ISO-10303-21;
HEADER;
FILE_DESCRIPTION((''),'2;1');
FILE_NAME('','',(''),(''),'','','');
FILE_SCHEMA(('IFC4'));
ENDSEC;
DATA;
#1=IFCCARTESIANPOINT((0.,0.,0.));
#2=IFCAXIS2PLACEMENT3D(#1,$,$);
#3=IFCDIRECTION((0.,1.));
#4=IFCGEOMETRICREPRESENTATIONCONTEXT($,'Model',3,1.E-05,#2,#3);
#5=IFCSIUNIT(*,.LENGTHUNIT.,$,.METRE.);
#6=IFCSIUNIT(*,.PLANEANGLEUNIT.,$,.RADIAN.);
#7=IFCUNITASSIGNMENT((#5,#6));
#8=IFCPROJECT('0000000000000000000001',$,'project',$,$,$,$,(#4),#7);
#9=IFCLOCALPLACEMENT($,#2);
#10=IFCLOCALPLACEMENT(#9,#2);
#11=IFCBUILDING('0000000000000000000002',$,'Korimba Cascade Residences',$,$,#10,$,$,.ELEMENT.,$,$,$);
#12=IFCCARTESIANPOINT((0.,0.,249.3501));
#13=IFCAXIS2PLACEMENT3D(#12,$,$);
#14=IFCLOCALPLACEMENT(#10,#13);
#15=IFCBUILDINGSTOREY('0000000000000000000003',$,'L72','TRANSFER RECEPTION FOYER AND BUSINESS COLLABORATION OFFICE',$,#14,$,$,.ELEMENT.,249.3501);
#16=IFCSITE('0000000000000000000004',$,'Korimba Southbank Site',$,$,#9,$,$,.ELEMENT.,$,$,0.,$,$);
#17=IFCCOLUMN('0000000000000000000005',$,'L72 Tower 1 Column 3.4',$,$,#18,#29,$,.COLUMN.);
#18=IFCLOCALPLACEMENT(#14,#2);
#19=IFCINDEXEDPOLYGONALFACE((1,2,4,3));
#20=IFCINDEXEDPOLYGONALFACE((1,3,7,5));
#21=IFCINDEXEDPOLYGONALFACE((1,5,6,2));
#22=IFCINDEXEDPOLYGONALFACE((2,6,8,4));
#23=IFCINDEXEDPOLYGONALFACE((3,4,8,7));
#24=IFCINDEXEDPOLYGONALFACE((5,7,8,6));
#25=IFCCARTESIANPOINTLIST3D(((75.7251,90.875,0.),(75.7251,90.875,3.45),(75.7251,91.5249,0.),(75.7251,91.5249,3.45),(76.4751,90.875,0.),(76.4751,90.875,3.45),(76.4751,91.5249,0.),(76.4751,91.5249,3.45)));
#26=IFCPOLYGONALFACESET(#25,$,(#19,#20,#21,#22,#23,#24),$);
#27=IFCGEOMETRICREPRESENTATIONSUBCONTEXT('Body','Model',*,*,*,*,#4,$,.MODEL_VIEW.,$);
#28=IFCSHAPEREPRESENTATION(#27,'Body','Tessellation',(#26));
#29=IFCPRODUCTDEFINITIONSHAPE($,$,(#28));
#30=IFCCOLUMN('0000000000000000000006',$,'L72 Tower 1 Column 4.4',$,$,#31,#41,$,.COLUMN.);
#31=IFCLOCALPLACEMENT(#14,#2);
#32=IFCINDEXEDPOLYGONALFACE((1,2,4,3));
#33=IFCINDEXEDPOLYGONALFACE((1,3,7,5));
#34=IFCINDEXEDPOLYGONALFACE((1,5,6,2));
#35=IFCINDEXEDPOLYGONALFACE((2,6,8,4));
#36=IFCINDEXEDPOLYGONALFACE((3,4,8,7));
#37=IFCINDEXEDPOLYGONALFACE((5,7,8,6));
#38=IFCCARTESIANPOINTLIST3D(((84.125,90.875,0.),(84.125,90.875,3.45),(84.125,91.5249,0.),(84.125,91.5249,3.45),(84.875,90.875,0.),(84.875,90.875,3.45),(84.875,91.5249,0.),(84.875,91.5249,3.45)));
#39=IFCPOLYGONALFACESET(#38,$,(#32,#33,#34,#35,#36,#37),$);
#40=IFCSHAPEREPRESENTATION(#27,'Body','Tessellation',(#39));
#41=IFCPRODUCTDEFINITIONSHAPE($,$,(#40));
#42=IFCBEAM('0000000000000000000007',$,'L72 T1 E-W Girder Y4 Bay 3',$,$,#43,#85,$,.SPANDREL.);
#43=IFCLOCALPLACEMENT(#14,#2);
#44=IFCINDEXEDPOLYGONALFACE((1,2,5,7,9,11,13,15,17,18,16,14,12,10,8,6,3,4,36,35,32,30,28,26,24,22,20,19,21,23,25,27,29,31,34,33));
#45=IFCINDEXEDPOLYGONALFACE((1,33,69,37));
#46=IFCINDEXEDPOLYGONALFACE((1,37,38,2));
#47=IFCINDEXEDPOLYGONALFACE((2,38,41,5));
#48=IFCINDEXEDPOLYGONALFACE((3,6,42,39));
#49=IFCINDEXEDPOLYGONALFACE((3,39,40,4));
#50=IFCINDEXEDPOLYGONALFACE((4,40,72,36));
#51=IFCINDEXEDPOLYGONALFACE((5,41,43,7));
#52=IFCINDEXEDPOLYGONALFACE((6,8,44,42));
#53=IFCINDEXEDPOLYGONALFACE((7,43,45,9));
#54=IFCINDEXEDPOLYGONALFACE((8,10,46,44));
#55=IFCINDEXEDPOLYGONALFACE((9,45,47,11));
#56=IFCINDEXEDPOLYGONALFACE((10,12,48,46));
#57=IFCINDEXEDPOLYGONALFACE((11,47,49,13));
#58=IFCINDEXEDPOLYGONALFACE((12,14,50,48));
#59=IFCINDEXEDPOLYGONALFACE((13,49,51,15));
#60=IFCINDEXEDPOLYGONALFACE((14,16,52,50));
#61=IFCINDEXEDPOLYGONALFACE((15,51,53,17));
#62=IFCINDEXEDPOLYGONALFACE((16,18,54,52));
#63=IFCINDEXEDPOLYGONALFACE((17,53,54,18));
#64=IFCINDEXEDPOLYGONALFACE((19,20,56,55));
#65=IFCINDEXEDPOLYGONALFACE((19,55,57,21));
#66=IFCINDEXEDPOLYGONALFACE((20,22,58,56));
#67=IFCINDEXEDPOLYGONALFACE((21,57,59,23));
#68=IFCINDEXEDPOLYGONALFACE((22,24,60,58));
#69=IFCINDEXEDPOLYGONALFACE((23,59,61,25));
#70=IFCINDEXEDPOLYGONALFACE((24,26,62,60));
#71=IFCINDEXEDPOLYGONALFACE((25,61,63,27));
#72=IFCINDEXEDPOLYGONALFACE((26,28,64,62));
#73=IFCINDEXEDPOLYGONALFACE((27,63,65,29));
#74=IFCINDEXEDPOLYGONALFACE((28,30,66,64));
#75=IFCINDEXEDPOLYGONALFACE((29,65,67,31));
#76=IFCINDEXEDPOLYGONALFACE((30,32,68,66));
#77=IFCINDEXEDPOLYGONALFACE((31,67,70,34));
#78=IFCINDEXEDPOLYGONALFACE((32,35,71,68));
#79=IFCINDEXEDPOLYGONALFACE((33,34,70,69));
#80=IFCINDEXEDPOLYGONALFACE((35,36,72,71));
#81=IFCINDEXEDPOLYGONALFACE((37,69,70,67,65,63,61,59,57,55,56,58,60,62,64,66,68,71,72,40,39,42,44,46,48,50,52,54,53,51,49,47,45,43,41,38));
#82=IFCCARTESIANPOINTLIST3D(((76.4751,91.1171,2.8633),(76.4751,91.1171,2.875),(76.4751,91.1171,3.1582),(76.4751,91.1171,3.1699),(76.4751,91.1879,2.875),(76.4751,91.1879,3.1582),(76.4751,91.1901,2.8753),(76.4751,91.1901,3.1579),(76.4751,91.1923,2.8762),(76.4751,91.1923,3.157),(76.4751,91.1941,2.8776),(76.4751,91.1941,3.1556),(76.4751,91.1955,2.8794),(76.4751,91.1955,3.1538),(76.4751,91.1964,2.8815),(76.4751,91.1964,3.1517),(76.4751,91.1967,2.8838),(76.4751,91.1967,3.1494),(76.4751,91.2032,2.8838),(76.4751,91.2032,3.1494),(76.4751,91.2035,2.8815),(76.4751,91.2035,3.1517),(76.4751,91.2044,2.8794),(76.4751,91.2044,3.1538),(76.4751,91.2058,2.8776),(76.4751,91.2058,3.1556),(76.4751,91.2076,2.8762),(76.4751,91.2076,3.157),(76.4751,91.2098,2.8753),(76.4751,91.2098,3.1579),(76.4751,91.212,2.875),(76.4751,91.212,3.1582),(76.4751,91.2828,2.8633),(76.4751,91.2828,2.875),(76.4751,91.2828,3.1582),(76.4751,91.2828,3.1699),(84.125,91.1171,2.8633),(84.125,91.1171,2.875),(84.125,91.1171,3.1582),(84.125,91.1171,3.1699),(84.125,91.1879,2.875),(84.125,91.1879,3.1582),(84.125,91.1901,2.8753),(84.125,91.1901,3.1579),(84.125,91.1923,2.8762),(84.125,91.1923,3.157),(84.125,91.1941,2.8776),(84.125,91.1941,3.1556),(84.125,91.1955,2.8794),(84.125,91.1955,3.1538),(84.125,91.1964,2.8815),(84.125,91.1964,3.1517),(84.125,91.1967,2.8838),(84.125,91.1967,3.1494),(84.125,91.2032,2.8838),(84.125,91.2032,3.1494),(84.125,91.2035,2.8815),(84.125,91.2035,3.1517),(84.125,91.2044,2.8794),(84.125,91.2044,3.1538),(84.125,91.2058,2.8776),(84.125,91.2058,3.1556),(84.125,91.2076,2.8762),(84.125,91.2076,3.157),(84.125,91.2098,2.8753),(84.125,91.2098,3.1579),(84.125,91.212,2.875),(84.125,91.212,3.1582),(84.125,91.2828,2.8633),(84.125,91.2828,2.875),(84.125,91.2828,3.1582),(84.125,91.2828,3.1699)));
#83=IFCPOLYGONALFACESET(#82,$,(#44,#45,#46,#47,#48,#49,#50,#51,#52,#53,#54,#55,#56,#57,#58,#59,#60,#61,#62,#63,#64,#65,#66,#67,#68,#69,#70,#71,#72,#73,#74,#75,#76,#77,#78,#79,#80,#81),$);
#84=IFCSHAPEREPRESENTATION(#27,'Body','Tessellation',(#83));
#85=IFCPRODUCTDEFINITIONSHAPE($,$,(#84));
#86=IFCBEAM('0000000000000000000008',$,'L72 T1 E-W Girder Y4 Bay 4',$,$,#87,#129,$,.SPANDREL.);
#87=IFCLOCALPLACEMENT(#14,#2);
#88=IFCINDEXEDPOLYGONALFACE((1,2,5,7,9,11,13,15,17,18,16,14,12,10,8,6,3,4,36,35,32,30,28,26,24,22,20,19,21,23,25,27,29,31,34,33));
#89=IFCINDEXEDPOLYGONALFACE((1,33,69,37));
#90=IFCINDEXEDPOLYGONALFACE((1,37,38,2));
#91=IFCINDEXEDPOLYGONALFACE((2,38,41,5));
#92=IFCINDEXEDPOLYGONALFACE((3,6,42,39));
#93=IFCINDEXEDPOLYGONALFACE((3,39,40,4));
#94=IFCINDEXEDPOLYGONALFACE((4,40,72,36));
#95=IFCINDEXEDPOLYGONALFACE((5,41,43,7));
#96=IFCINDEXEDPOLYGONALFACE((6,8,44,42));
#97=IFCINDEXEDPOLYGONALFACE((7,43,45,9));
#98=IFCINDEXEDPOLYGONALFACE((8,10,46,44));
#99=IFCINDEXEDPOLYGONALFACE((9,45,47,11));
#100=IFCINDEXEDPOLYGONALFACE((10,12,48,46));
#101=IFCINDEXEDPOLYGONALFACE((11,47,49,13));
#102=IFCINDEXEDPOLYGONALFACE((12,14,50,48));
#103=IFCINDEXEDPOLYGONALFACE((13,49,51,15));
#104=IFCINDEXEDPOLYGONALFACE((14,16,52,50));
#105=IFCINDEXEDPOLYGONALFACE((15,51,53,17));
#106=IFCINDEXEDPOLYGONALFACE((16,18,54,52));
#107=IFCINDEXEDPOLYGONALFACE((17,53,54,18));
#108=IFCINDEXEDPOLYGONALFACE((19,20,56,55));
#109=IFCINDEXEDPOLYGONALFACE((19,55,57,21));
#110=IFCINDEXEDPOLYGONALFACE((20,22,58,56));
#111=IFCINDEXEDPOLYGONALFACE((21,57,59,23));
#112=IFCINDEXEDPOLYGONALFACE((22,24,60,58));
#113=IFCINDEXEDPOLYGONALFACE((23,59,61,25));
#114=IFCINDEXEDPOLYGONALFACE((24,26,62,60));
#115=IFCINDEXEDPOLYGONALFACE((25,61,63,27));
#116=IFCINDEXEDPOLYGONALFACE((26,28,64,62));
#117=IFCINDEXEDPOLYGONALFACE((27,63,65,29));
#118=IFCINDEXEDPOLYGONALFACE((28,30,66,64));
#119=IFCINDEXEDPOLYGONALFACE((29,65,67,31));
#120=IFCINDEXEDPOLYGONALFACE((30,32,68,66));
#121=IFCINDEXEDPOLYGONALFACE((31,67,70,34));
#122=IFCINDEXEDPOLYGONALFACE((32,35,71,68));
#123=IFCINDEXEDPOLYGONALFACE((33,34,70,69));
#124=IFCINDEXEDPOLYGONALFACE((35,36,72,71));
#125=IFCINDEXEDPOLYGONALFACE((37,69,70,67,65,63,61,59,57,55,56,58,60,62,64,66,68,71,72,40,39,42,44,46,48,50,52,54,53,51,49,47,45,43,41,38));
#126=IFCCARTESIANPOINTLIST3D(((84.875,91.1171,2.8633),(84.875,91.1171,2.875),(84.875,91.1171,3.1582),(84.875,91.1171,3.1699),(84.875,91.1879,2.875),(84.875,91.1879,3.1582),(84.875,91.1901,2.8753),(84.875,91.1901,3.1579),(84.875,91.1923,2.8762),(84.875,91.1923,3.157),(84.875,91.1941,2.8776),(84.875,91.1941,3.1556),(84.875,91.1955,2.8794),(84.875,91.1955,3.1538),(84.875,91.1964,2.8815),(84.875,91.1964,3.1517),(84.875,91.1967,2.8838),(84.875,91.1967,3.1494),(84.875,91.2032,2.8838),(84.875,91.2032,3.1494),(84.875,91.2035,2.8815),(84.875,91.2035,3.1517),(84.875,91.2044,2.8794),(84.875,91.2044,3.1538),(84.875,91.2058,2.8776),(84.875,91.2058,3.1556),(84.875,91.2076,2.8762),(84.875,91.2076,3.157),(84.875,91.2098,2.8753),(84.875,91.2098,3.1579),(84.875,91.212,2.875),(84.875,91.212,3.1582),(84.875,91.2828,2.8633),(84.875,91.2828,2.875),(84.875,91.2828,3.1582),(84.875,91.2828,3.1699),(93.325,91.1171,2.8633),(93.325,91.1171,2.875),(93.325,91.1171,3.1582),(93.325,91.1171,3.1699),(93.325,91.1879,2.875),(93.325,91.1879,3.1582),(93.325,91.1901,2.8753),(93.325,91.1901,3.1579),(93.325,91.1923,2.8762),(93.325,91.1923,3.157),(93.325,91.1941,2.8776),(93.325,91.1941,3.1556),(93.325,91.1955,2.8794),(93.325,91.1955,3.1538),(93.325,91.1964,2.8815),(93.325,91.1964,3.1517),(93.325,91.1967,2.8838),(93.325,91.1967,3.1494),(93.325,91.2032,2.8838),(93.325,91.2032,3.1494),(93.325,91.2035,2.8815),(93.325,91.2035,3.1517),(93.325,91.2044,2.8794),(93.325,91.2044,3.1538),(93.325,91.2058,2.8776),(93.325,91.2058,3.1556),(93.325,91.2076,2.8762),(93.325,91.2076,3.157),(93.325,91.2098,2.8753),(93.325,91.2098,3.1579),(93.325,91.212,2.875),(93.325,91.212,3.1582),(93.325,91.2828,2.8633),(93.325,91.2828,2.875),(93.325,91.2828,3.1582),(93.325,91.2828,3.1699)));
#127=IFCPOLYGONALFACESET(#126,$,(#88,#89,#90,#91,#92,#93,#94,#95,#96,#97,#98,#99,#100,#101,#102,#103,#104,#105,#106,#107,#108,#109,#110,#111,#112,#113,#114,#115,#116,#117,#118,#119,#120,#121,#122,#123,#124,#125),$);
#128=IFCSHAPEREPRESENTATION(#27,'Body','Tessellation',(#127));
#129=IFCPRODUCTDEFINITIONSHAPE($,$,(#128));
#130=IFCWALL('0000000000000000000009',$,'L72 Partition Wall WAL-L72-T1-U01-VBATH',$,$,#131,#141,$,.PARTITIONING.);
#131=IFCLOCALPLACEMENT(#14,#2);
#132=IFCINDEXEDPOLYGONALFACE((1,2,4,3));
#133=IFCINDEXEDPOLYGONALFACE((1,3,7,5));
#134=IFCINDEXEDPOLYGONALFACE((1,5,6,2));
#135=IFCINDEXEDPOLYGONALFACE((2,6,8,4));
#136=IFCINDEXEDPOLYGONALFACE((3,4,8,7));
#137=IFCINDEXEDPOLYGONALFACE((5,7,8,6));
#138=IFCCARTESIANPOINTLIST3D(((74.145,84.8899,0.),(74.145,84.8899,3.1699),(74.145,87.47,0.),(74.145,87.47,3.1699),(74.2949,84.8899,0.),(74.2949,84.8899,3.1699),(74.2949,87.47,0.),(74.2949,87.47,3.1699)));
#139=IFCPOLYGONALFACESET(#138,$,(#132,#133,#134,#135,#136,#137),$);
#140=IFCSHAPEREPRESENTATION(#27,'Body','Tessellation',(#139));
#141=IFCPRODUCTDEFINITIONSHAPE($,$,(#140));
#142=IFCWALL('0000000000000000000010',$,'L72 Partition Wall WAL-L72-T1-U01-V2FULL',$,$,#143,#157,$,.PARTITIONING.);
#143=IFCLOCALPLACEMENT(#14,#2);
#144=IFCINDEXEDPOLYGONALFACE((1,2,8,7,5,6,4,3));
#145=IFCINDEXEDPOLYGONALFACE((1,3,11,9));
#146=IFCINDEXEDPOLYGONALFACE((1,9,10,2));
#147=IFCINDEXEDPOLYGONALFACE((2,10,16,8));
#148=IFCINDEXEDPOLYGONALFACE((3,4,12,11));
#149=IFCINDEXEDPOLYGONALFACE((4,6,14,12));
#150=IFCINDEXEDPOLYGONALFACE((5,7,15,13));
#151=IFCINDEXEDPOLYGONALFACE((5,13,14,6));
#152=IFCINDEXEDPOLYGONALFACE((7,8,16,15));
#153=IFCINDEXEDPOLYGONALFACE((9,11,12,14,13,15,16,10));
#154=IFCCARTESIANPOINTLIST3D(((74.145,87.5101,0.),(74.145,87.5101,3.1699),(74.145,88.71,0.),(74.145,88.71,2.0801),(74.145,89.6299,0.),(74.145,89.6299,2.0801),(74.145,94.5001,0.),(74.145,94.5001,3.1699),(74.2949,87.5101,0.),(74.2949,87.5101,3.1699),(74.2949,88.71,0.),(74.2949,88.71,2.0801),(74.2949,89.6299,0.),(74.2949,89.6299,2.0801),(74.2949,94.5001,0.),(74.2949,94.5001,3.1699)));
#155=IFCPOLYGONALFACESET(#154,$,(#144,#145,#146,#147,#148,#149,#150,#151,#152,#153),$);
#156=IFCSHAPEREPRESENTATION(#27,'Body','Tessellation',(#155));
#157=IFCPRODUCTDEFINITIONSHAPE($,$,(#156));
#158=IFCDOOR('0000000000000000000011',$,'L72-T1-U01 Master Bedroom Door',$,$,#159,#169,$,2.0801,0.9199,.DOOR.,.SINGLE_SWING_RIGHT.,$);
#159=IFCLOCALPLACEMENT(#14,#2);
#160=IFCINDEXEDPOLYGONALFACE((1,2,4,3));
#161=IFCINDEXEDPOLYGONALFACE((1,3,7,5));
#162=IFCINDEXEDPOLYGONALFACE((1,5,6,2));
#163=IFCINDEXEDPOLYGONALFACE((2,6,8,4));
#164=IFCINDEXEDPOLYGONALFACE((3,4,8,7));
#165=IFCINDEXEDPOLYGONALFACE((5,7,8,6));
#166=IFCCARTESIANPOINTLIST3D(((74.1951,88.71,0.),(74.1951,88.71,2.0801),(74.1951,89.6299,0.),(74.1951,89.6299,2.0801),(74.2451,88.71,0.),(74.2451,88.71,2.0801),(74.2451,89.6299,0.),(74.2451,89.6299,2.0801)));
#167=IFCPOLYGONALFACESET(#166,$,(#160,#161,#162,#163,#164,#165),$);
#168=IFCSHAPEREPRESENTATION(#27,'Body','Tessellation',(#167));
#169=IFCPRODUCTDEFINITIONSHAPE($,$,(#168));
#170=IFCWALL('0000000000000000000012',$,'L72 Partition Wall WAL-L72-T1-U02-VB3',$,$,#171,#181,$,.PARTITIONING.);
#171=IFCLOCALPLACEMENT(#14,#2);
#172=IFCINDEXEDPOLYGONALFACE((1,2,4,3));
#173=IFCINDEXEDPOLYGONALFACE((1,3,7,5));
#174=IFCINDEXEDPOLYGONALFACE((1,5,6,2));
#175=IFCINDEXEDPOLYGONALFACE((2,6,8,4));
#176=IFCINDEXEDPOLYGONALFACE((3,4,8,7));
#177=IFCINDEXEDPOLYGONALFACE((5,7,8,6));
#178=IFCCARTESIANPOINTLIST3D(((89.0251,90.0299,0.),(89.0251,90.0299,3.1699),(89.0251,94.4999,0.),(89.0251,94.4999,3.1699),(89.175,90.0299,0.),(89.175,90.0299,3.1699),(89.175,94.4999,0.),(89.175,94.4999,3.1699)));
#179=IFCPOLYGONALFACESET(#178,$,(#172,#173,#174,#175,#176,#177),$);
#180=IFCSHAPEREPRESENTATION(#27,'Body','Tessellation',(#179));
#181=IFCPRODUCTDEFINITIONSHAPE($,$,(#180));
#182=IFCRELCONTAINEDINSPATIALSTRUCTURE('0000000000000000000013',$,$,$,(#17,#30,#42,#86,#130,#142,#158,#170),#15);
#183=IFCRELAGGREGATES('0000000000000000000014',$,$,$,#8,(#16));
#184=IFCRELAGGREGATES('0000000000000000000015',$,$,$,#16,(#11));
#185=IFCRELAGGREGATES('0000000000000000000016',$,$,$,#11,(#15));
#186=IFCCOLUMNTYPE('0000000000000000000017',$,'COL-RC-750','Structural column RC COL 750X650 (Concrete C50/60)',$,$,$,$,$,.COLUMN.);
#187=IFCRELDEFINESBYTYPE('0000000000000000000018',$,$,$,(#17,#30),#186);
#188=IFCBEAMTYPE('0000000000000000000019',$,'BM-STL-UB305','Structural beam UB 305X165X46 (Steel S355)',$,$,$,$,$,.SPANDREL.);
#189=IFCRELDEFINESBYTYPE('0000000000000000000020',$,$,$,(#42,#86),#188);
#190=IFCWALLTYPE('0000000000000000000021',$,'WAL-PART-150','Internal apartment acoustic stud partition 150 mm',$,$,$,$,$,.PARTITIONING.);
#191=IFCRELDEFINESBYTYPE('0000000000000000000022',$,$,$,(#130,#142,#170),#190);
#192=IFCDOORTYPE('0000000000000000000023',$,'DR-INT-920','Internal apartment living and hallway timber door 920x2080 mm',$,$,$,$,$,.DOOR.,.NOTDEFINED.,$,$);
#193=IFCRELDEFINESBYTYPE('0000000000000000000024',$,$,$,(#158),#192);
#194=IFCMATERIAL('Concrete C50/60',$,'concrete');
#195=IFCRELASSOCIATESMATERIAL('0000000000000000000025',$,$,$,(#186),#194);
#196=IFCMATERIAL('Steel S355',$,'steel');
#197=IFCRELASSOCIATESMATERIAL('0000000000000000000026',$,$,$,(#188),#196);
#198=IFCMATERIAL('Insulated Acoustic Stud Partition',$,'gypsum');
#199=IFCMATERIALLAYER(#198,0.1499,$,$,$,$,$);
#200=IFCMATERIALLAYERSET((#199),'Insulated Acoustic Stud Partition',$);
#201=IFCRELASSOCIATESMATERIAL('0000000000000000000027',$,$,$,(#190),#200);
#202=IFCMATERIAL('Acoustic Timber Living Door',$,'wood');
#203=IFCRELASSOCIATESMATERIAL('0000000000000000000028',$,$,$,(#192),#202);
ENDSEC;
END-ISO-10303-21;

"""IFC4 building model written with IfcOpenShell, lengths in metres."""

from ifc_helpers import new_model, si_unit, direction, frame, frame_2d, origin, origin_2d, place, context, subcontext, project, spatial, rectangle, i_section, extrude, material, layer, layer_set, material_profile, profile_set, type_object, element, fill, save


model = new_model("IFC4")

# Units and contexts
model_context = context("Model", 3, precision=1e-05, world=origin(), true_north=direction((0.0, 1.0)))
body_context = subcontext(model_context, "Body", "Model", "MODEL_VIEW")
ifc_project = project(units=[si_unit("LENGTHUNIT", "METRE"), si_unit("PLANEANGLEUNIT", "RADIAN")], contexts=[model_context])

# Site, building, storey
site_placement = place(None, origin())
site = spatial("IfcSite", under=ifc_project, at=site_placement, Name="Korimba Southbank Site", CompositionType="ELEMENT", RefElevation=0.0)
building_placement = place(site_placement, origin())
building = spatial("IfcBuilding", under=site, at=building_placement, Name="Korimba Cascade Residences", CompositionType="ELEMENT")
storey_placement = place(building_placement, frame((0.0, 0.0, 249.3501)))
storey = spatial("IfcBuildingStorey", under=building, at=storey_placement, Name="L72", Description="TRANSFER RECEPTION FOYER AND BUSINESS COLLABORATION OFFICE", CompositionType="ELEMENT", Elevation=249.3501)

# Columns
ifc_material_1 = material(Name="Concrete C50/60", Category="concrete")
ifc_material_profile_1 = material_profile(ifc_material_1, rectangle(XDim=0.75, YDim=0.6499, at=origin_2d()), Name="Concrete C50/60")
ifc_profile_set_1 = profile_set([ifc_material_profile_1], Name="Concrete C50/60")
column_type = type_object("IfcColumnType", Name="COL-RC-750", Description="Structural column RC COL 750X650 (Concrete C50/60)", PredefinedType="COLUMN", material=ifc_profile_set_1)
for number, where, z_axis, x_axis, name in (
    (1, (76.1001, 91.2, 0.0), (0.0, 0.0, 1.0), (1.0, 0.0, 0.0), "L72 Tower 1 Column 3.4"),
    (2, (84.5, 91.2, 0.0), (0.0, 0.0, 1.0), (1.0, 0.0, 0.0), "L72 Tower 1 Column 4.4"),
):
    element("IfcColumn", number, at=place(storey_placement, frame(where, z_axis=z_axis, x_axis=x_axis)), inside=storey, type_object=column_type, Name=name, PredefinedType="COLUMN", context=body_context, shape_type="SweptSolid", body=[
        extrude(rectangle(XDim=0.75, YDim=0.6499, at=origin_2d()), origin(), (0.0, 0.0, 1.0), 3.45),
    ])

# Beams
ifc_material_2 = material(Name="Steel S355", Category="steel")
ifc_material_profile_2 = material_profile(ifc_material_2, i_section(OverallWidth=0.1658, OverallDepth=0.3066, WebThickness=0.0066, FlangeThickness=0.0117, FilletRadius=0.0088, at=origin_2d()), Name="Steel S355")
ifc_profile_set_2 = profile_set([ifc_material_profile_2], Name="Steel S355")
beam_type = type_object("IfcBeamType", Name="BM-STL-UB305", Description="Structural beam UB 305X165X46 (Steel S355)", PredefinedType="SPANDREL", material=ifc_profile_set_2)
beam_1_placement = place(storey_placement, frame((76.4751, 91.2, 3.0166), z_axis=(1.0, 0.0, 0.0), x_axis=(0.0, 1.0, 0.0)))
element("IfcBeam", 3, at=beam_1_placement, inside=storey, type_object=beam_type, Name="L72 T1 E-W Girder Y4 Bay 3", PredefinedType="SPANDREL", context=body_context, shape_type="SweptSolid", body=[
    extrude(i_section(OverallWidth=0.1658, OverallDepth=0.3066, WebThickness=0.0066, FlangeThickness=0.0117, FilletRadius=0.0088, at=origin_2d()), origin(), (0.0, 0.0, 1.0), 7.6499),
])
beam_2_placement = place(storey_placement, frame((84.875, 91.2, 3.0166), z_axis=(1.0, 0.0, 0.0), x_axis=(0.0, 1.0, 0.0)))
element("IfcBeam", 4, at=beam_2_placement, inside=storey, type_object=beam_type, Name="L72 T1 E-W Girder Y4 Bay 4", PredefinedType="SPANDREL", context=body_context, shape_type="SweptSolid", body=[
    extrude(i_section(OverallWidth=0.1658, OverallDepth=0.3066, WebThickness=0.0066, FlangeThickness=0.0117, FilletRadius=0.0088, at=origin_2d()), origin(), (0.0, 0.0, 1.0), 8.45),
])

# Wall
ifc_material_3 = material(Name="Insulated Acoustic Stud Partition", Category="gypsum")
ifc_layer = layer(ifc_material_3, 0.1499)
ifc_layer_set = layer_set([ifc_layer], Name="Insulated Acoustic Stud Partition")
wall_type = type_object("IfcWallType", Name="WAL-PART-150", Description="Internal apartment acoustic stud partition 150 mm", PredefinedType="PARTITIONING", material=ifc_layer_set)
wall_1_placement = place(storey_placement, frame((74.22, 84.8899, 0.0), z_axis=(0.0, 0.0, 1.0), x_axis=(0.0, 1.0, 0.0)))
element("IfcWall", 5, at=wall_1_placement, inside=storey, type_object=wall_type, Name="L72 Partition Wall WAL-L72-T1-U01-VBATH", PredefinedType="PARTITIONING", context=body_context, shape_type="SweptSolid", body=[
    extrude(rectangle(XDim=2.5801, YDim=0.1499, at=frame_2d((1.29, 0.0))), origin(), (0.0, 0.0, 1.0), 3.1699),
])

# Wall, opening, door
wall_2_placement = place(storey_placement, frame((74.22, 87.51, 0.0), z_axis=(0.0, 0.0, 1.0), x_axis=(0.0, 1.0, 0.0)))
wall_2 = element("IfcWall", 6, at=wall_2_placement, inside=storey, type_object=wall_type, Name="L72 Partition Wall WAL-L72-T1-U01-V2FULL", PredefinedType="PARTITIONING", context=body_context, shape_type="SweptSolid", body=[
    extrude(rectangle(XDim=6.99, YDim=0.1499, at=frame_2d((3.4951, 0.0))), origin(), (0.0, 0.0, 1.0), 3.1699),
])
opening_1_placement = place(wall_2_placement, frame((1.2, 0.0, 0.0)))
opening_1 = element("IfcOpeningElement", 7, at=opening_1_placement, cuts=wall_2, PredefinedType="OPENING", context=body_context, shape_type="SweptSolid", body=[
    extrude(rectangle(XDim=0.9199, YDim=2.0801, at=frame_2d((0.46, 1.04))), frame((0.0, 0.085, 0.0), z_axis=(0.0, -1.0, 0.0), x_axis=(1.0, 0.0, 0.0)), (0.0, 0.0, 1.0), 0.1699),
])
ifc_material_4 = material(Name="Acoustic Timber Living Door", Category="wood")
door_type_1 = type_object("IfcDoorType", Name="DR-INT-920", Description="Internal apartment living and hallway timber door 920x2080 mm", OperationType="NOTDEFINED", PredefinedType="DOOR", material=ifc_material_4)
door_1_placement = place(opening_1_placement, origin())
door_1 = element("IfcDoor", 8, at=door_1_placement, inside=storey, type_object=door_type_1, Name="L72-T1-U01 Master Bedroom Door", OperationType="SINGLE_SWING_RIGHT", OverallHeight=2.0801, OverallWidth=0.9199, PredefinedType="DOOR", context=body_context, shape_type="SweptSolid", body=[
    extrude(rectangle(XDim=0.9199, YDim=2.0801, at=frame_2d((0.46, 1.04))), frame((0.0, 0.0249, 0.0), z_axis=(0.0, -1.0, 0.0), x_axis=(1.0, 0.0, 0.0)), (0.0, 0.0, 1.0), 0.05),
])
fill(opening_1, door_1)

# Wall
wall_3_placement = place(storey_placement, frame((89.1001, 90.03, 0.0), z_axis=(0.0, 0.0, 1.0), x_axis=(0.0, 1.0, 0.0)))
element("IfcWall", 9, at=wall_3_placement, inside=storey, type_object=wall_type, Name="L72 Partition Wall WAL-L72-T1-U02-VB3", PredefinedType="PARTITIONING", context=body_context, shape_type="SweptSolid", body=[
    extrude(rectangle(XDim=4.47, YDim=0.1499, at=frame_2d((2.2349, 0.0))), origin(), (0.0, 0.0, 1.0), 3.1699),
])

save(model, "model.ifc")
